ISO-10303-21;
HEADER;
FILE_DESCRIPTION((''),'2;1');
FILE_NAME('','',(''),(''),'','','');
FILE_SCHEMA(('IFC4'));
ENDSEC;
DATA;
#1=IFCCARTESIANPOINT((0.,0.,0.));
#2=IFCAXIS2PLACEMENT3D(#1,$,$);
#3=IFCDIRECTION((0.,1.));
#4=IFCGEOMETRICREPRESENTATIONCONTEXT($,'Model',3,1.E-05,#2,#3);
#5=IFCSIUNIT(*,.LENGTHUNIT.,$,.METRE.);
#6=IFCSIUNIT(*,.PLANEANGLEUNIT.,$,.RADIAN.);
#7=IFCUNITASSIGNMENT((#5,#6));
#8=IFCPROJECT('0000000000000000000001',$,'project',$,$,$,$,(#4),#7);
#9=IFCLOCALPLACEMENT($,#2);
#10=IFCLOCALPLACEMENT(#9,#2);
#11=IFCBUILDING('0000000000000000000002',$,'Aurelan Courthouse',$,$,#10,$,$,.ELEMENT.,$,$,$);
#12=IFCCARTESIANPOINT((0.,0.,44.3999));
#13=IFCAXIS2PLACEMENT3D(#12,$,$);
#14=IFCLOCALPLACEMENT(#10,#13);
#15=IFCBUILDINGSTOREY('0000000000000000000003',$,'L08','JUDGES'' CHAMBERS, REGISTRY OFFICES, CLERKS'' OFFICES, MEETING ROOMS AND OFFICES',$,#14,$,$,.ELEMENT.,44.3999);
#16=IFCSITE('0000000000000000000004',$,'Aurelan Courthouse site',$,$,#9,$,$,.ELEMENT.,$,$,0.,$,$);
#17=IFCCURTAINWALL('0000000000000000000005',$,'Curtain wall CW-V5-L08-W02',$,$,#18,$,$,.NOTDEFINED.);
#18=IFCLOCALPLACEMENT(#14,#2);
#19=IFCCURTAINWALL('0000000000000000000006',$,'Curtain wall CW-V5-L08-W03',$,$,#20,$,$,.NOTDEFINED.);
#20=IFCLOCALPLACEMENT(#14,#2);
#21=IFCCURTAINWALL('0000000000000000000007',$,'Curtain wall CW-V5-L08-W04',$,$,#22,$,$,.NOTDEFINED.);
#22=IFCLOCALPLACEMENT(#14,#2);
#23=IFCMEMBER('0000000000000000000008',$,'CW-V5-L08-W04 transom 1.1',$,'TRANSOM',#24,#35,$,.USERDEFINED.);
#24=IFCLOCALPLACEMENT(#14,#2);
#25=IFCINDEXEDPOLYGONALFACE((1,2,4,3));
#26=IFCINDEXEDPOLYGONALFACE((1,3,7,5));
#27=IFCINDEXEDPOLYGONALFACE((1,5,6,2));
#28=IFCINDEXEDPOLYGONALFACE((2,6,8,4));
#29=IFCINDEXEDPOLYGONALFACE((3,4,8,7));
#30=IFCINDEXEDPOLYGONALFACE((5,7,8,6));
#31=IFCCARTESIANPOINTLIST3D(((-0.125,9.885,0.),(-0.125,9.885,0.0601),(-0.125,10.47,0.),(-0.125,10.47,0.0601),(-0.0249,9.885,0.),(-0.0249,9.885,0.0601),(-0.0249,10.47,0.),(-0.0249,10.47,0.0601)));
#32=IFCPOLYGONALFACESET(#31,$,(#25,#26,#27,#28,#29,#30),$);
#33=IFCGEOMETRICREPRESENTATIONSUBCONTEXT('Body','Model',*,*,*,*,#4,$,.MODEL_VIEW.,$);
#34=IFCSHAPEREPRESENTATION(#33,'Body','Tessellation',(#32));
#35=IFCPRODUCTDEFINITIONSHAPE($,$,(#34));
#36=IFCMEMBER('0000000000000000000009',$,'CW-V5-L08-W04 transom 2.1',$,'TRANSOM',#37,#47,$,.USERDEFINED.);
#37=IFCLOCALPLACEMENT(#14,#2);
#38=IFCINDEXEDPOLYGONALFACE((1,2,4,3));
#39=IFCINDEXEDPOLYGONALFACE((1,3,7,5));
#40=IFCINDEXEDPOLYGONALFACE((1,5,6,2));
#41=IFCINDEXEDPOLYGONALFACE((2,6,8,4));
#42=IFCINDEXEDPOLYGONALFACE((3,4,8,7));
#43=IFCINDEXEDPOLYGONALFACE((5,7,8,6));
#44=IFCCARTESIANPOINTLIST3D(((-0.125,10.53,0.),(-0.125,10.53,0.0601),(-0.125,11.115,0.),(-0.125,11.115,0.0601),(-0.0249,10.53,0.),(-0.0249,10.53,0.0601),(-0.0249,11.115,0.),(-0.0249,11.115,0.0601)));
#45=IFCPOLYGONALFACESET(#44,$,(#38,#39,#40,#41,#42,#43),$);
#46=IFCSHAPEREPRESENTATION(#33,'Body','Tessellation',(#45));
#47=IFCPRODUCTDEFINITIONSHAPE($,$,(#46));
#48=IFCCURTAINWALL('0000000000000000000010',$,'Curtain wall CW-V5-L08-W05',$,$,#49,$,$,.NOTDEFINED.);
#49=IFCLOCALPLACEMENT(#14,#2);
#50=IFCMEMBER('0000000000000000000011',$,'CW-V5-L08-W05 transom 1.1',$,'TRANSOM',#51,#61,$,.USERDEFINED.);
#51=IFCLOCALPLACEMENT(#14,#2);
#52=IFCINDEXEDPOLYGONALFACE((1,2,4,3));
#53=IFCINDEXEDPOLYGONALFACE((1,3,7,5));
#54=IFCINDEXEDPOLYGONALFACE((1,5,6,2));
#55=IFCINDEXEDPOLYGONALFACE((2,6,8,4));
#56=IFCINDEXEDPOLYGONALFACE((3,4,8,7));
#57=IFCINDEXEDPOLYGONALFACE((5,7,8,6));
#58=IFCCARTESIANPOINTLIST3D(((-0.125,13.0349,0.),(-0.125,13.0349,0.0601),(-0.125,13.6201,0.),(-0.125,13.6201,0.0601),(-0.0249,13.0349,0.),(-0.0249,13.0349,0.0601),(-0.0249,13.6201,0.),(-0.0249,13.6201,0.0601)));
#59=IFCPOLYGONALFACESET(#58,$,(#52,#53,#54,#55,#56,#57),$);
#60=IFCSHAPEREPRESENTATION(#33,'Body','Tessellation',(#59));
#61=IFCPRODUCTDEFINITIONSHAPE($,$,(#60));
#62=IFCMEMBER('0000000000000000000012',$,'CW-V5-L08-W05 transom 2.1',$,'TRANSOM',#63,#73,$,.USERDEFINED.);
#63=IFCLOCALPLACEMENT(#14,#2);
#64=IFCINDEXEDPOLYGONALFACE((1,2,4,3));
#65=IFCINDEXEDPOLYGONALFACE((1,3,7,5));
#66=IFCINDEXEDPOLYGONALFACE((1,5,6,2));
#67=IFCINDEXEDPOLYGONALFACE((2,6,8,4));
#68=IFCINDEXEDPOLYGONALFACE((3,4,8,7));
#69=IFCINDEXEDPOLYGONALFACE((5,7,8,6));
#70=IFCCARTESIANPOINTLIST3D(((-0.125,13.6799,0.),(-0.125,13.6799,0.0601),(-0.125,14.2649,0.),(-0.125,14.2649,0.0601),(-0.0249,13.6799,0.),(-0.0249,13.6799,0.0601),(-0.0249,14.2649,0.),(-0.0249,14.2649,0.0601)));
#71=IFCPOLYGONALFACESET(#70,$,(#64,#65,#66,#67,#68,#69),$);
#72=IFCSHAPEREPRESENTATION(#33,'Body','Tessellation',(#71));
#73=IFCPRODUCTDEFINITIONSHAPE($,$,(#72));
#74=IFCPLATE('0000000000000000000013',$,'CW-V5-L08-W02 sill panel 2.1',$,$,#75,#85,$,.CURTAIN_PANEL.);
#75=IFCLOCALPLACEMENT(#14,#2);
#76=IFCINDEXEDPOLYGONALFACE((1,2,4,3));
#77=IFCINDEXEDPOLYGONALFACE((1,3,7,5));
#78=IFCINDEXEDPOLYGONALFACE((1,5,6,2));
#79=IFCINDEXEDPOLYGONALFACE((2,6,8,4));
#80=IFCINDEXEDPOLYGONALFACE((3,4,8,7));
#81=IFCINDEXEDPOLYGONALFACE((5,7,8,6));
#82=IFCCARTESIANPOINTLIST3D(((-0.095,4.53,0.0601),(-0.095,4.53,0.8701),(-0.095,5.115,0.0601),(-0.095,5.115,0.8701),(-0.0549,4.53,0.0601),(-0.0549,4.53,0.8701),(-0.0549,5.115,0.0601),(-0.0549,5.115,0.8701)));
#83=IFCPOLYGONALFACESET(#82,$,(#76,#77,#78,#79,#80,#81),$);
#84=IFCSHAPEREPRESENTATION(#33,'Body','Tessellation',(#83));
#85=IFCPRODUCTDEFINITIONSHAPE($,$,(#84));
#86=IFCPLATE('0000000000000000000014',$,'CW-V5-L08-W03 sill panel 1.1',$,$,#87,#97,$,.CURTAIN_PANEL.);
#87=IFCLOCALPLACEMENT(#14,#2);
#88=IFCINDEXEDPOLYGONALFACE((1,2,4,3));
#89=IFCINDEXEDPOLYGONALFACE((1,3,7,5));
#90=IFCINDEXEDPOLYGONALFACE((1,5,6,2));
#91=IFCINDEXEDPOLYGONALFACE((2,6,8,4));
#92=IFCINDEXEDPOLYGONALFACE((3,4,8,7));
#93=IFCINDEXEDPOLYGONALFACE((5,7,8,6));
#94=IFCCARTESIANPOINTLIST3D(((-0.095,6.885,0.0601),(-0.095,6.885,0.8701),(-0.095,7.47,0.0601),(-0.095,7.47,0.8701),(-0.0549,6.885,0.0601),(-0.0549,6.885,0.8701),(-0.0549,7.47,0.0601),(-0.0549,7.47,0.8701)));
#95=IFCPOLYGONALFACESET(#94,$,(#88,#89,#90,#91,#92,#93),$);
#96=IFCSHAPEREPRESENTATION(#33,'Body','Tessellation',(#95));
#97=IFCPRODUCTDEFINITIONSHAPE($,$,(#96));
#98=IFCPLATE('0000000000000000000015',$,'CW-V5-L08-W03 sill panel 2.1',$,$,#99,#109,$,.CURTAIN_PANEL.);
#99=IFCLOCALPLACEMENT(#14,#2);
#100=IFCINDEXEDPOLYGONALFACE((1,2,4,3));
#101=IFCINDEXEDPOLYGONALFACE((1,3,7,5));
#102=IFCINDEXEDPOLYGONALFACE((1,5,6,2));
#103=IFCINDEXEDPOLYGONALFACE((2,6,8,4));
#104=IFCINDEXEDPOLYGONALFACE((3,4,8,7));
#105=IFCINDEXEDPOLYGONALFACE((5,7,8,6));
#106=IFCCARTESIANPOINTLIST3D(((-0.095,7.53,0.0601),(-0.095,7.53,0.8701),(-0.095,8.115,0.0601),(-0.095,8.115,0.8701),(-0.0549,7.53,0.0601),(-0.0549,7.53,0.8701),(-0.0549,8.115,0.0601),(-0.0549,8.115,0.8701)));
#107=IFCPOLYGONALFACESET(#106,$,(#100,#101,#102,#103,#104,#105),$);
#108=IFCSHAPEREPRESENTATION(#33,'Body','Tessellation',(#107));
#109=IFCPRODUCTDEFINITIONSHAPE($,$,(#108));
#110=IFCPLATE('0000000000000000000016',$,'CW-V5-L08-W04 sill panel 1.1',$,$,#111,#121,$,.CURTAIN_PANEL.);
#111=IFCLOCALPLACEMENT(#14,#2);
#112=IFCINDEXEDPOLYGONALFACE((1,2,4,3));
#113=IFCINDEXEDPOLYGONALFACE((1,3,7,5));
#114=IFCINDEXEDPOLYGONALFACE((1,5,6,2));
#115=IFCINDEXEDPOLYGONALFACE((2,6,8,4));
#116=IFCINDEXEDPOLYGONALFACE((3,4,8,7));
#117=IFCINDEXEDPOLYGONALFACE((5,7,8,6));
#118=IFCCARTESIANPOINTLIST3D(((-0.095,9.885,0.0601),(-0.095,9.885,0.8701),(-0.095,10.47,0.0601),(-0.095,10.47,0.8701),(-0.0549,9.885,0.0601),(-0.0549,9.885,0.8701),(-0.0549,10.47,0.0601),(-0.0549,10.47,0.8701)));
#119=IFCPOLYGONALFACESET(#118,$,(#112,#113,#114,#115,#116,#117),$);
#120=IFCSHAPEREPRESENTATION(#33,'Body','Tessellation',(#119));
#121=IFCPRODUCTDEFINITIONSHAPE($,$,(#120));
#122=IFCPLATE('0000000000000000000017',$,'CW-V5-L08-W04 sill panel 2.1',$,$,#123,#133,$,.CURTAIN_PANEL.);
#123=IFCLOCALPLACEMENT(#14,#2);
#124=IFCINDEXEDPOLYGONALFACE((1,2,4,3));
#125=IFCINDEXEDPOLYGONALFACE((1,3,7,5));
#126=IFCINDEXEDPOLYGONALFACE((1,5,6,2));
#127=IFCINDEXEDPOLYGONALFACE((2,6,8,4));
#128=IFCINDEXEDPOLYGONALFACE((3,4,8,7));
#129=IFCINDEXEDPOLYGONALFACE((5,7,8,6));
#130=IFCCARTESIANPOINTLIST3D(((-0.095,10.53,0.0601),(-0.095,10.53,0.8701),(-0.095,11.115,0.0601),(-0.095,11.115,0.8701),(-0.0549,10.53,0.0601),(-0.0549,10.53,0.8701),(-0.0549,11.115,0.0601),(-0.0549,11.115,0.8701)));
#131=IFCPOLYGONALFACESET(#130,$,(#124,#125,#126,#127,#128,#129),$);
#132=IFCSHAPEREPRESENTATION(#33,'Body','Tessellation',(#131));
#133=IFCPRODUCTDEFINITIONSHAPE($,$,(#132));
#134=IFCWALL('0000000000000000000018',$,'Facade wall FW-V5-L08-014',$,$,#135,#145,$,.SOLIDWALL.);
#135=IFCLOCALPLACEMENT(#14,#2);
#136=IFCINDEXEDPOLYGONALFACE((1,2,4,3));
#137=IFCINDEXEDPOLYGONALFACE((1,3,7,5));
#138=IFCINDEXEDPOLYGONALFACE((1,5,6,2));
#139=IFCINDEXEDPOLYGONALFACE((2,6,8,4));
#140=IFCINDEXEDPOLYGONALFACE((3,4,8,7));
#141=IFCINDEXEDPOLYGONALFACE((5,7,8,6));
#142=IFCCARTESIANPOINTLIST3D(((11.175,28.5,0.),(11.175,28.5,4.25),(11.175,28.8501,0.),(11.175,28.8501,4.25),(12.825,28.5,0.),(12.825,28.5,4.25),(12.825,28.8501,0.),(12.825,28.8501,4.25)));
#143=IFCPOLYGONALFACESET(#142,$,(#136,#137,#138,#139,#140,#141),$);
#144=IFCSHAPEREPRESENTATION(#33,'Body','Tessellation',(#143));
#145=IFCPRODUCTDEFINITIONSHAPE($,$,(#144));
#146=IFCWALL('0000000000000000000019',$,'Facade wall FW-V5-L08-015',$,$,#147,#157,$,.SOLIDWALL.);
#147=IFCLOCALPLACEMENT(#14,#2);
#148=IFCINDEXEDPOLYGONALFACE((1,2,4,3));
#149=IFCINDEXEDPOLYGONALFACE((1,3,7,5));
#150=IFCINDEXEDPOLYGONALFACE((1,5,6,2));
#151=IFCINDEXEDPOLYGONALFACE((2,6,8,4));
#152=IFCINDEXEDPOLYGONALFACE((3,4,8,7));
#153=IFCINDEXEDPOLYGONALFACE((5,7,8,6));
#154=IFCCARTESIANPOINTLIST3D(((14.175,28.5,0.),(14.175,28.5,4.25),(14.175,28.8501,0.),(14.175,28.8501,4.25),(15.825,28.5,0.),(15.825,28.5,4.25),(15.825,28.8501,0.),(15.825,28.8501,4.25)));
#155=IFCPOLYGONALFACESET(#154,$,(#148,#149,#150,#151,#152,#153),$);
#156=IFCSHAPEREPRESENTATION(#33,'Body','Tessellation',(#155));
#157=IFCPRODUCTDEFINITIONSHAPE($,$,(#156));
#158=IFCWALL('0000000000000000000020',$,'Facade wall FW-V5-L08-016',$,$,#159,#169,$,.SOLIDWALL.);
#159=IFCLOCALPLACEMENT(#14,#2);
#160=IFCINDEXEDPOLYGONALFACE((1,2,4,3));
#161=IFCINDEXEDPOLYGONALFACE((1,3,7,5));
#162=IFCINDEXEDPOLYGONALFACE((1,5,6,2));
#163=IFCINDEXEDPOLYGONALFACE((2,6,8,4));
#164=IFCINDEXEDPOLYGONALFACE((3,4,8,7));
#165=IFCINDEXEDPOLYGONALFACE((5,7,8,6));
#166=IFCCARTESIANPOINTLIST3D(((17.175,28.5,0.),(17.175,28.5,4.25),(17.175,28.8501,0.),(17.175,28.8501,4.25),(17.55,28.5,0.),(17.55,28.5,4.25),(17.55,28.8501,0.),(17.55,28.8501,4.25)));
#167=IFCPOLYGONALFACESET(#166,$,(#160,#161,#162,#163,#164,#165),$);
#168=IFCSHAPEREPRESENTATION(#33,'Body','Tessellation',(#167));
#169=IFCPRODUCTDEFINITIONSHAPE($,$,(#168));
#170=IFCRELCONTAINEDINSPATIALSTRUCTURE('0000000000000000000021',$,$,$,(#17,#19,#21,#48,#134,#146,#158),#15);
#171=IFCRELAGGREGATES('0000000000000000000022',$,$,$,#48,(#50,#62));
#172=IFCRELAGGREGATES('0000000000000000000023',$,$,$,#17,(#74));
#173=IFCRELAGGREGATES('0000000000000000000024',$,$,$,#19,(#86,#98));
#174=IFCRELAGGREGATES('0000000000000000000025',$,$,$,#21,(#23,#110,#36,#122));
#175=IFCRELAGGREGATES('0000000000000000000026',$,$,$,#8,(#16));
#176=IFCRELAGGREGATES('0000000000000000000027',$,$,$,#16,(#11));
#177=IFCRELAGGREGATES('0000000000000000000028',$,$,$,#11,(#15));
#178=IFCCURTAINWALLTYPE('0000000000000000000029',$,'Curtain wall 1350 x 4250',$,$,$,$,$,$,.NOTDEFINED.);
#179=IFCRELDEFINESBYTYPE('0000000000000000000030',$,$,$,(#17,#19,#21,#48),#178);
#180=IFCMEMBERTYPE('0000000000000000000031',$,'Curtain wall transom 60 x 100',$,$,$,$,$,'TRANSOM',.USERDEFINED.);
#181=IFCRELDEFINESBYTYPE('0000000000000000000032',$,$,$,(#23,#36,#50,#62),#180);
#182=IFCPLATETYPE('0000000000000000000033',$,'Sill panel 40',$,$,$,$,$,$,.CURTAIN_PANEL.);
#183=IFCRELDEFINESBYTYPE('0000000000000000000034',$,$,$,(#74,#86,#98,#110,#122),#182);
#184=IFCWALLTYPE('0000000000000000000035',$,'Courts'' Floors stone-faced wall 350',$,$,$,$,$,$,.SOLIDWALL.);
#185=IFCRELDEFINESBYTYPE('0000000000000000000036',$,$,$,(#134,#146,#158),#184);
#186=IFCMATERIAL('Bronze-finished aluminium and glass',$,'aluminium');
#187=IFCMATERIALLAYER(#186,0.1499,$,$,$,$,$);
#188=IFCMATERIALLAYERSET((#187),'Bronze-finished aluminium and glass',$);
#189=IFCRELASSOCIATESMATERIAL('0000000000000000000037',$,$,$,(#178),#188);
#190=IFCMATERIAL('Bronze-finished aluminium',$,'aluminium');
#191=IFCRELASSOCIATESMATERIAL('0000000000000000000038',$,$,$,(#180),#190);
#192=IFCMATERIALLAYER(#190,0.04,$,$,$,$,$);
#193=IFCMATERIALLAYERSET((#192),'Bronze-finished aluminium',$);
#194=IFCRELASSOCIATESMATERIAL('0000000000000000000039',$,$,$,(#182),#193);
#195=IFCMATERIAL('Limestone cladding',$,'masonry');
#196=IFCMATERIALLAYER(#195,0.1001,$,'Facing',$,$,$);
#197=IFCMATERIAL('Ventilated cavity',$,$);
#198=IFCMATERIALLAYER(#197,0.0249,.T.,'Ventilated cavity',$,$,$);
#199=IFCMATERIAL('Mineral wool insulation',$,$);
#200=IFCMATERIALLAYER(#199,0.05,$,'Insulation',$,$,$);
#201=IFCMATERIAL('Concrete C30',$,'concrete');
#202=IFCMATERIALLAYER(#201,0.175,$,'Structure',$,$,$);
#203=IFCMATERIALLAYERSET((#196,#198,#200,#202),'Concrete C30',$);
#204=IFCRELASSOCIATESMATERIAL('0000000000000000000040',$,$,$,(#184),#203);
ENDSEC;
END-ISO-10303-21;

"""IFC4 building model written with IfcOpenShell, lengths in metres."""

from ifc_helpers import new_model, si_unit, direction, frame, frame_2d, origin, origin_2d, place, context, subcontext, project, spatial, rectangle, extrude, material, layer, layer_set, material_profile, profile_set, type_object, element, aggregate, save


model = new_model("IFC4")

# Units and contexts
model_context = context("Model", 3, precision=1e-05, world=origin(), true_north=direction((0.0, 1.0)))
body_context = subcontext(model_context, "Body", "Model", "MODEL_VIEW")
ifc_project = project(units=[si_unit("LENGTHUNIT", "METRE"), si_unit("PLANEANGLEUNIT", "RADIAN")], contexts=[model_context])

# Site, building, storey
site_placement = place(None, origin())
site = spatial("IfcSite", under=ifc_project, at=site_placement, Name="Aurelan Courthouse site", CompositionType="ELEMENT", RefElevation=0.0)
building_placement = place(site_placement, origin())
building = spatial("IfcBuilding", under=site, at=building_placement, Name="Aurelan Courthouse", CompositionType="ELEMENT")
storey_placement = place(building_placement, frame((0.0, 0.0, 44.3999)))
storey = spatial("IfcBuildingStorey", under=building, at=storey_placement, Name="L08", Description="JUDGES' CHAMBERS, REGISTRY OFFICES, CLERKS' OFFICES, MEETING ROOMS AND OFFICES", CompositionType="ELEMENT", Elevation=44.3999)

# Shared definitions
ifc_material_1 = material(Name="Bronze-finished aluminium and glass", Category="aluminium")
ifc_layer_1 = layer(ifc_material_1, 0.1499)
ifc_layer_set_1 = layer_set([ifc_layer_1], Name="Bronze-finished aluminium and glass")
curtain_wall_type = type_object("IfcCurtainWallType", Name="Curtain wall 1350 x 4250", PredefinedType="NOTDEFINED", material=ifc_layer_set_1)
ifc_material_2 = material(Name="Bronze-finished aluminium", Category="aluminium")
ifc_material_profile_1 = material_profile(ifc_material_2, rectangle(XDim=0.1001, YDim=0.0601, at=origin_2d()), Name="Bronze transom 60 x 100")
ifc_profile_set_1 = profile_set([ifc_material_profile_1], Name="Bronze-finished aluminium")
member_type_1 = type_object("IfcMemberType", Name="Curtain wall transom 60 x 100", ElementType="TRANSOM", PredefinedType="USERDEFINED", material=ifc_profile_set_1)

# Curtain wall
curtain_wall_1_placement = place(storey_placement, origin())
curtain_wall_1 = element("IfcCurtainWall", 1, at=curtain_wall_1_placement, inside=storey, type_object=curtain_wall_type, Name="Curtain wall CW-V5-L08-W02", PredefinedType="NOTDEFINED")

# Curtain walls, members
curtain_wall_2_placement = place(storey_placement, origin())
curtain_wall_2 = element("IfcCurtainWall", 2, at=curtain_wall_2_placement, inside=storey, type_object=curtain_wall_type, Name="Curtain wall CW-V5-L08-W03", PredefinedType="NOTDEFINED")
curtain_wall_3_placement = place(storey_placement, origin())
curtain_wall_3 = element("IfcCurtainWall", 3, at=curtain_wall_3_placement, inside=storey, type_object=curtain_wall_type, Name="Curtain wall CW-V5-L08-W04", PredefinedType="NOTDEFINED")
member_1_placement = place(storey_placement, frame((-0.075, 9.885, 0.03), z_axis=(0.0, 1.0, 0.0), x_axis=(-1.0, 0.0, 0.0)))
member_1 = element("IfcMember", 4, at=member_1_placement, type_object=member_type_1, Name="CW-V5-L08-W04 transom 1.1", ObjectType="TRANSOM", PredefinedType="USERDEFINED", context=body_context, shape_type="SweptSolid", body=[
    extrude(rectangle(XDim=0.1001, YDim=0.0601, at=origin_2d()), origin(), (0.0, 0.0, 1.0), 0.585),
])
member_2_placement = place(storey_placement, frame((-0.075, 10.53, 0.03), z_axis=(0.0, 1.0, 0.0), x_axis=(-1.0, 0.0, 0.0)))
member_2 = element("IfcMember", 5, at=member_2_placement, type_object=member_type_1, Name="CW-V5-L08-W04 transom 2.1", ObjectType="TRANSOM", PredefinedType="USERDEFINED", context=body_context, shape_type="SweptSolid", body=[
    extrude(rectangle(XDim=0.1001, YDim=0.0601, at=origin_2d()), origin(), (0.0, 0.0, 1.0), 0.585),
])
curtain_wall_4_placement = place(storey_placement, origin())
curtain_wall_4 = element("IfcCurtainWall", 6, at=curtain_wall_4_placement, inside=storey, type_object=curtain_wall_type, Name="Curtain wall CW-V5-L08-W05", PredefinedType="NOTDEFINED")
member_3_placement = place(storey_placement, frame((-0.075, 13.0349, 0.03), z_axis=(0.0, 1.0, 0.0), x_axis=(-1.0, 0.0, 0.0)))
member_3 = element("IfcMember", 7, at=member_3_placement, type_object=member_type_1, Name="CW-V5-L08-W05 transom 1.1", ObjectType="TRANSOM", PredefinedType="USERDEFINED", context=body_context, shape_type="SweptSolid", body=[
    extrude(rectangle(XDim=0.1001, YDim=0.0601, at=origin_2d()), origin(), (0.0, 0.0, 1.0), 0.5852),
])
member_4_placement = place(storey_placement, frame((-0.075, 13.6799, 0.03), z_axis=(0.0, 1.0, 0.0), x_axis=(-1.0, 0.0, 0.0)))
member_4 = element("IfcMember", 8, at=member_4_placement, type_object=member_type_1, Name="CW-V5-L08-W05 transom 2.1", ObjectType="TRANSOM", PredefinedType="USERDEFINED", context=body_context, shape_type="SweptSolid", body=[
    extrude(rectangle(XDim=0.1001, YDim=0.0601, at=origin_2d()), origin(), (0.0, 0.0, 1.0), 0.585),
])
aggregate(curtain_wall_4, [member_3, member_4])

# Plates
ifc_layer_2 = layer(ifc_material_2, 0.04)
ifc_layer_set_2 = layer_set([ifc_layer_2], Name="Bronze-finished aluminium")
plate_type = type_object("IfcPlateType", Name="Sill panel 40", PredefinedType="CURTAIN_PANEL", material=ifc_layer_set_2)
plate_1_placement = place(storey_placement, frame((-0.075, 4.8225, 0.0601), z_axis=(0.0, 0.0, 1.0), x_axis=(0.0, 1.0, 0.0)))
plate_1 = element("IfcPlate", 9, at=plate_1_placement, type_object=plate_type, Name="CW-V5-L08-W02 sill panel 2.1", PredefinedType="CURTAIN_PANEL", context=body_context, shape_type="SweptSolid", body=[
    extrude(rectangle(XDim=0.585, YDim=0.04, at=origin_2d()), origin(), (0.0, 0.0, 1.0), 0.8101),
])
aggregate(curtain_wall_1, [plate_1])
plate_2_placement = place(storey_placement, frame((-0.075, 7.1775, 0.0601), z_axis=(0.0, 0.0, 1.0), x_axis=(0.0, 1.0, 0.0)))
plate_2 = element("IfcPlate", 10, at=plate_2_placement, type_object=plate_type, Name="CW-V5-L08-W03 sill panel 1.1", PredefinedType="CURTAIN_PANEL", context=body_context, shape_type="SweptSolid", body=[
    extrude(rectangle(XDim=0.585, YDim=0.04, at=origin_2d()), origin(), (0.0, 0.0, 1.0), 0.8101),
])
plate_3_placement = place(storey_placement, frame((-0.075, 7.8225, 0.0601), z_axis=(0.0, 0.0, 1.0), x_axis=(0.0, 1.0, 0.0)))
plate_3 = element("IfcPlate", 11, at=plate_3_placement, type_object=plate_type, Name="CW-V5-L08-W03 sill panel 2.1", PredefinedType="CURTAIN_PANEL", context=body_context, shape_type="SweptSolid", body=[
    extrude(rectangle(XDim=0.585, YDim=0.04, at=origin_2d()), origin(), (0.0, 0.0, 1.0), 0.8101),
])
aggregate(curtain_wall_2, [plate_2, plate_3])
plate_4_placement = place(storey_placement, frame((-0.075, 10.1775, 0.0601), z_axis=(0.0, 0.0, 1.0), x_axis=(0.0, 1.0, 0.0)))
plate_4 = element("IfcPlate", 12, at=plate_4_placement, type_object=plate_type, Name="CW-V5-L08-W04 sill panel 1.1", PredefinedType="CURTAIN_PANEL", context=body_context, shape_type="SweptSolid", body=[
    extrude(rectangle(XDim=0.585, YDim=0.04, at=origin_2d()), origin(), (0.0, 0.0, 1.0), 0.8101),
])
plate_5_placement = place(storey_placement, frame((-0.075, 10.8225, 0.0601), z_axis=(0.0, 0.0, 1.0), x_axis=(0.0, 1.0, 0.0)))
plate_5 = element("IfcPlate", 13, at=plate_5_placement, type_object=plate_type, Name="CW-V5-L08-W04 sill panel 2.1", PredefinedType="CURTAIN_PANEL", context=body_context, shape_type="SweptSolid", body=[
    extrude(rectangle(XDim=0.585, YDim=0.04, at=origin_2d()), origin(), (0.0, 0.0, 1.0), 0.8101),
])
aggregate(curtain_wall_3, [member_1, plate_4, member_2, plate_5])

# Walls
ifc_material_3 = material(Name="Limestone cladding", Category="masonry")
ifc_layer_3 = layer(ifc_material_3, 0.1001, Name="Facing")
ifc_material_4 = material(Name="Ventilated cavity")
ifc_layer_4 = layer(ifc_material_4, 0.0249, ventilated=True, Name="Ventilated cavity")
ifc_material_5 = material(Name="Mineral wool insulation")
ifc_layer_5 = layer(ifc_material_5, 0.05, Name="Insulation")
ifc_material_6 = material(Name="Concrete C30", Category="concrete")
ifc_layer_6 = layer(ifc_material_6, 0.175, Name="Structure")
ifc_layer_set_3 = layer_set([ifc_layer_3, ifc_layer_4, ifc_layer_5, ifc_layer_6], Name="Concrete C30")
wall_type = type_object("IfcWallType", Name="Courts' Floors stone-faced wall 350", PredefinedType="SOLIDWALL", material=ifc_layer_set_3)
for number, where, z_axis, x_axis, name in (
    (14, (11.175, 28.675, 0.0), (0.0, 0.0, 1.0), (1.0, 0.0, 0.0), "Facade wall FW-V5-L08-014"),
    (15, (14.175, 28.675, 0.0), (0.0, 0.0, 1.0), (1.0, 0.0, 0.0), "Facade wall FW-V5-L08-015"),
):
    element("IfcWall", number, at=place(storey_placement, frame(where, z_axis=z_axis, x_axis=x_axis)), inside=storey, type_object=wall_type, Name=name, PredefinedType="SOLIDWALL", context=body_context, shape_type="SweptSolid", body=[
        extrude(rectangle(XDim=1.6499, YDim=0.3501, at=frame_2d((0.825, 0.0))), origin(), (0.0, 0.0, 1.0), 4.25),
    ])
wall_placement = place(storey_placement, frame((17.175, 28.675, 0.0), z_axis=(0.0, 0.0, 1.0), x_axis=(1.0, 0.0, 0.0)))
element("IfcWall", 16, at=wall_placement, inside=storey, type_object=wall_type, Name="Facade wall FW-V5-L08-016", PredefinedType="SOLIDWALL", context=body_context, shape_type="SweptSolid", body=[
    extrude(rectangle(XDim=0.375, YDim=0.3501, at=frame_2d((0.1875, 0.0))), origin(), (0.0, 0.0, 1.0), 4.25),
])

save(model, "model.ifc")
